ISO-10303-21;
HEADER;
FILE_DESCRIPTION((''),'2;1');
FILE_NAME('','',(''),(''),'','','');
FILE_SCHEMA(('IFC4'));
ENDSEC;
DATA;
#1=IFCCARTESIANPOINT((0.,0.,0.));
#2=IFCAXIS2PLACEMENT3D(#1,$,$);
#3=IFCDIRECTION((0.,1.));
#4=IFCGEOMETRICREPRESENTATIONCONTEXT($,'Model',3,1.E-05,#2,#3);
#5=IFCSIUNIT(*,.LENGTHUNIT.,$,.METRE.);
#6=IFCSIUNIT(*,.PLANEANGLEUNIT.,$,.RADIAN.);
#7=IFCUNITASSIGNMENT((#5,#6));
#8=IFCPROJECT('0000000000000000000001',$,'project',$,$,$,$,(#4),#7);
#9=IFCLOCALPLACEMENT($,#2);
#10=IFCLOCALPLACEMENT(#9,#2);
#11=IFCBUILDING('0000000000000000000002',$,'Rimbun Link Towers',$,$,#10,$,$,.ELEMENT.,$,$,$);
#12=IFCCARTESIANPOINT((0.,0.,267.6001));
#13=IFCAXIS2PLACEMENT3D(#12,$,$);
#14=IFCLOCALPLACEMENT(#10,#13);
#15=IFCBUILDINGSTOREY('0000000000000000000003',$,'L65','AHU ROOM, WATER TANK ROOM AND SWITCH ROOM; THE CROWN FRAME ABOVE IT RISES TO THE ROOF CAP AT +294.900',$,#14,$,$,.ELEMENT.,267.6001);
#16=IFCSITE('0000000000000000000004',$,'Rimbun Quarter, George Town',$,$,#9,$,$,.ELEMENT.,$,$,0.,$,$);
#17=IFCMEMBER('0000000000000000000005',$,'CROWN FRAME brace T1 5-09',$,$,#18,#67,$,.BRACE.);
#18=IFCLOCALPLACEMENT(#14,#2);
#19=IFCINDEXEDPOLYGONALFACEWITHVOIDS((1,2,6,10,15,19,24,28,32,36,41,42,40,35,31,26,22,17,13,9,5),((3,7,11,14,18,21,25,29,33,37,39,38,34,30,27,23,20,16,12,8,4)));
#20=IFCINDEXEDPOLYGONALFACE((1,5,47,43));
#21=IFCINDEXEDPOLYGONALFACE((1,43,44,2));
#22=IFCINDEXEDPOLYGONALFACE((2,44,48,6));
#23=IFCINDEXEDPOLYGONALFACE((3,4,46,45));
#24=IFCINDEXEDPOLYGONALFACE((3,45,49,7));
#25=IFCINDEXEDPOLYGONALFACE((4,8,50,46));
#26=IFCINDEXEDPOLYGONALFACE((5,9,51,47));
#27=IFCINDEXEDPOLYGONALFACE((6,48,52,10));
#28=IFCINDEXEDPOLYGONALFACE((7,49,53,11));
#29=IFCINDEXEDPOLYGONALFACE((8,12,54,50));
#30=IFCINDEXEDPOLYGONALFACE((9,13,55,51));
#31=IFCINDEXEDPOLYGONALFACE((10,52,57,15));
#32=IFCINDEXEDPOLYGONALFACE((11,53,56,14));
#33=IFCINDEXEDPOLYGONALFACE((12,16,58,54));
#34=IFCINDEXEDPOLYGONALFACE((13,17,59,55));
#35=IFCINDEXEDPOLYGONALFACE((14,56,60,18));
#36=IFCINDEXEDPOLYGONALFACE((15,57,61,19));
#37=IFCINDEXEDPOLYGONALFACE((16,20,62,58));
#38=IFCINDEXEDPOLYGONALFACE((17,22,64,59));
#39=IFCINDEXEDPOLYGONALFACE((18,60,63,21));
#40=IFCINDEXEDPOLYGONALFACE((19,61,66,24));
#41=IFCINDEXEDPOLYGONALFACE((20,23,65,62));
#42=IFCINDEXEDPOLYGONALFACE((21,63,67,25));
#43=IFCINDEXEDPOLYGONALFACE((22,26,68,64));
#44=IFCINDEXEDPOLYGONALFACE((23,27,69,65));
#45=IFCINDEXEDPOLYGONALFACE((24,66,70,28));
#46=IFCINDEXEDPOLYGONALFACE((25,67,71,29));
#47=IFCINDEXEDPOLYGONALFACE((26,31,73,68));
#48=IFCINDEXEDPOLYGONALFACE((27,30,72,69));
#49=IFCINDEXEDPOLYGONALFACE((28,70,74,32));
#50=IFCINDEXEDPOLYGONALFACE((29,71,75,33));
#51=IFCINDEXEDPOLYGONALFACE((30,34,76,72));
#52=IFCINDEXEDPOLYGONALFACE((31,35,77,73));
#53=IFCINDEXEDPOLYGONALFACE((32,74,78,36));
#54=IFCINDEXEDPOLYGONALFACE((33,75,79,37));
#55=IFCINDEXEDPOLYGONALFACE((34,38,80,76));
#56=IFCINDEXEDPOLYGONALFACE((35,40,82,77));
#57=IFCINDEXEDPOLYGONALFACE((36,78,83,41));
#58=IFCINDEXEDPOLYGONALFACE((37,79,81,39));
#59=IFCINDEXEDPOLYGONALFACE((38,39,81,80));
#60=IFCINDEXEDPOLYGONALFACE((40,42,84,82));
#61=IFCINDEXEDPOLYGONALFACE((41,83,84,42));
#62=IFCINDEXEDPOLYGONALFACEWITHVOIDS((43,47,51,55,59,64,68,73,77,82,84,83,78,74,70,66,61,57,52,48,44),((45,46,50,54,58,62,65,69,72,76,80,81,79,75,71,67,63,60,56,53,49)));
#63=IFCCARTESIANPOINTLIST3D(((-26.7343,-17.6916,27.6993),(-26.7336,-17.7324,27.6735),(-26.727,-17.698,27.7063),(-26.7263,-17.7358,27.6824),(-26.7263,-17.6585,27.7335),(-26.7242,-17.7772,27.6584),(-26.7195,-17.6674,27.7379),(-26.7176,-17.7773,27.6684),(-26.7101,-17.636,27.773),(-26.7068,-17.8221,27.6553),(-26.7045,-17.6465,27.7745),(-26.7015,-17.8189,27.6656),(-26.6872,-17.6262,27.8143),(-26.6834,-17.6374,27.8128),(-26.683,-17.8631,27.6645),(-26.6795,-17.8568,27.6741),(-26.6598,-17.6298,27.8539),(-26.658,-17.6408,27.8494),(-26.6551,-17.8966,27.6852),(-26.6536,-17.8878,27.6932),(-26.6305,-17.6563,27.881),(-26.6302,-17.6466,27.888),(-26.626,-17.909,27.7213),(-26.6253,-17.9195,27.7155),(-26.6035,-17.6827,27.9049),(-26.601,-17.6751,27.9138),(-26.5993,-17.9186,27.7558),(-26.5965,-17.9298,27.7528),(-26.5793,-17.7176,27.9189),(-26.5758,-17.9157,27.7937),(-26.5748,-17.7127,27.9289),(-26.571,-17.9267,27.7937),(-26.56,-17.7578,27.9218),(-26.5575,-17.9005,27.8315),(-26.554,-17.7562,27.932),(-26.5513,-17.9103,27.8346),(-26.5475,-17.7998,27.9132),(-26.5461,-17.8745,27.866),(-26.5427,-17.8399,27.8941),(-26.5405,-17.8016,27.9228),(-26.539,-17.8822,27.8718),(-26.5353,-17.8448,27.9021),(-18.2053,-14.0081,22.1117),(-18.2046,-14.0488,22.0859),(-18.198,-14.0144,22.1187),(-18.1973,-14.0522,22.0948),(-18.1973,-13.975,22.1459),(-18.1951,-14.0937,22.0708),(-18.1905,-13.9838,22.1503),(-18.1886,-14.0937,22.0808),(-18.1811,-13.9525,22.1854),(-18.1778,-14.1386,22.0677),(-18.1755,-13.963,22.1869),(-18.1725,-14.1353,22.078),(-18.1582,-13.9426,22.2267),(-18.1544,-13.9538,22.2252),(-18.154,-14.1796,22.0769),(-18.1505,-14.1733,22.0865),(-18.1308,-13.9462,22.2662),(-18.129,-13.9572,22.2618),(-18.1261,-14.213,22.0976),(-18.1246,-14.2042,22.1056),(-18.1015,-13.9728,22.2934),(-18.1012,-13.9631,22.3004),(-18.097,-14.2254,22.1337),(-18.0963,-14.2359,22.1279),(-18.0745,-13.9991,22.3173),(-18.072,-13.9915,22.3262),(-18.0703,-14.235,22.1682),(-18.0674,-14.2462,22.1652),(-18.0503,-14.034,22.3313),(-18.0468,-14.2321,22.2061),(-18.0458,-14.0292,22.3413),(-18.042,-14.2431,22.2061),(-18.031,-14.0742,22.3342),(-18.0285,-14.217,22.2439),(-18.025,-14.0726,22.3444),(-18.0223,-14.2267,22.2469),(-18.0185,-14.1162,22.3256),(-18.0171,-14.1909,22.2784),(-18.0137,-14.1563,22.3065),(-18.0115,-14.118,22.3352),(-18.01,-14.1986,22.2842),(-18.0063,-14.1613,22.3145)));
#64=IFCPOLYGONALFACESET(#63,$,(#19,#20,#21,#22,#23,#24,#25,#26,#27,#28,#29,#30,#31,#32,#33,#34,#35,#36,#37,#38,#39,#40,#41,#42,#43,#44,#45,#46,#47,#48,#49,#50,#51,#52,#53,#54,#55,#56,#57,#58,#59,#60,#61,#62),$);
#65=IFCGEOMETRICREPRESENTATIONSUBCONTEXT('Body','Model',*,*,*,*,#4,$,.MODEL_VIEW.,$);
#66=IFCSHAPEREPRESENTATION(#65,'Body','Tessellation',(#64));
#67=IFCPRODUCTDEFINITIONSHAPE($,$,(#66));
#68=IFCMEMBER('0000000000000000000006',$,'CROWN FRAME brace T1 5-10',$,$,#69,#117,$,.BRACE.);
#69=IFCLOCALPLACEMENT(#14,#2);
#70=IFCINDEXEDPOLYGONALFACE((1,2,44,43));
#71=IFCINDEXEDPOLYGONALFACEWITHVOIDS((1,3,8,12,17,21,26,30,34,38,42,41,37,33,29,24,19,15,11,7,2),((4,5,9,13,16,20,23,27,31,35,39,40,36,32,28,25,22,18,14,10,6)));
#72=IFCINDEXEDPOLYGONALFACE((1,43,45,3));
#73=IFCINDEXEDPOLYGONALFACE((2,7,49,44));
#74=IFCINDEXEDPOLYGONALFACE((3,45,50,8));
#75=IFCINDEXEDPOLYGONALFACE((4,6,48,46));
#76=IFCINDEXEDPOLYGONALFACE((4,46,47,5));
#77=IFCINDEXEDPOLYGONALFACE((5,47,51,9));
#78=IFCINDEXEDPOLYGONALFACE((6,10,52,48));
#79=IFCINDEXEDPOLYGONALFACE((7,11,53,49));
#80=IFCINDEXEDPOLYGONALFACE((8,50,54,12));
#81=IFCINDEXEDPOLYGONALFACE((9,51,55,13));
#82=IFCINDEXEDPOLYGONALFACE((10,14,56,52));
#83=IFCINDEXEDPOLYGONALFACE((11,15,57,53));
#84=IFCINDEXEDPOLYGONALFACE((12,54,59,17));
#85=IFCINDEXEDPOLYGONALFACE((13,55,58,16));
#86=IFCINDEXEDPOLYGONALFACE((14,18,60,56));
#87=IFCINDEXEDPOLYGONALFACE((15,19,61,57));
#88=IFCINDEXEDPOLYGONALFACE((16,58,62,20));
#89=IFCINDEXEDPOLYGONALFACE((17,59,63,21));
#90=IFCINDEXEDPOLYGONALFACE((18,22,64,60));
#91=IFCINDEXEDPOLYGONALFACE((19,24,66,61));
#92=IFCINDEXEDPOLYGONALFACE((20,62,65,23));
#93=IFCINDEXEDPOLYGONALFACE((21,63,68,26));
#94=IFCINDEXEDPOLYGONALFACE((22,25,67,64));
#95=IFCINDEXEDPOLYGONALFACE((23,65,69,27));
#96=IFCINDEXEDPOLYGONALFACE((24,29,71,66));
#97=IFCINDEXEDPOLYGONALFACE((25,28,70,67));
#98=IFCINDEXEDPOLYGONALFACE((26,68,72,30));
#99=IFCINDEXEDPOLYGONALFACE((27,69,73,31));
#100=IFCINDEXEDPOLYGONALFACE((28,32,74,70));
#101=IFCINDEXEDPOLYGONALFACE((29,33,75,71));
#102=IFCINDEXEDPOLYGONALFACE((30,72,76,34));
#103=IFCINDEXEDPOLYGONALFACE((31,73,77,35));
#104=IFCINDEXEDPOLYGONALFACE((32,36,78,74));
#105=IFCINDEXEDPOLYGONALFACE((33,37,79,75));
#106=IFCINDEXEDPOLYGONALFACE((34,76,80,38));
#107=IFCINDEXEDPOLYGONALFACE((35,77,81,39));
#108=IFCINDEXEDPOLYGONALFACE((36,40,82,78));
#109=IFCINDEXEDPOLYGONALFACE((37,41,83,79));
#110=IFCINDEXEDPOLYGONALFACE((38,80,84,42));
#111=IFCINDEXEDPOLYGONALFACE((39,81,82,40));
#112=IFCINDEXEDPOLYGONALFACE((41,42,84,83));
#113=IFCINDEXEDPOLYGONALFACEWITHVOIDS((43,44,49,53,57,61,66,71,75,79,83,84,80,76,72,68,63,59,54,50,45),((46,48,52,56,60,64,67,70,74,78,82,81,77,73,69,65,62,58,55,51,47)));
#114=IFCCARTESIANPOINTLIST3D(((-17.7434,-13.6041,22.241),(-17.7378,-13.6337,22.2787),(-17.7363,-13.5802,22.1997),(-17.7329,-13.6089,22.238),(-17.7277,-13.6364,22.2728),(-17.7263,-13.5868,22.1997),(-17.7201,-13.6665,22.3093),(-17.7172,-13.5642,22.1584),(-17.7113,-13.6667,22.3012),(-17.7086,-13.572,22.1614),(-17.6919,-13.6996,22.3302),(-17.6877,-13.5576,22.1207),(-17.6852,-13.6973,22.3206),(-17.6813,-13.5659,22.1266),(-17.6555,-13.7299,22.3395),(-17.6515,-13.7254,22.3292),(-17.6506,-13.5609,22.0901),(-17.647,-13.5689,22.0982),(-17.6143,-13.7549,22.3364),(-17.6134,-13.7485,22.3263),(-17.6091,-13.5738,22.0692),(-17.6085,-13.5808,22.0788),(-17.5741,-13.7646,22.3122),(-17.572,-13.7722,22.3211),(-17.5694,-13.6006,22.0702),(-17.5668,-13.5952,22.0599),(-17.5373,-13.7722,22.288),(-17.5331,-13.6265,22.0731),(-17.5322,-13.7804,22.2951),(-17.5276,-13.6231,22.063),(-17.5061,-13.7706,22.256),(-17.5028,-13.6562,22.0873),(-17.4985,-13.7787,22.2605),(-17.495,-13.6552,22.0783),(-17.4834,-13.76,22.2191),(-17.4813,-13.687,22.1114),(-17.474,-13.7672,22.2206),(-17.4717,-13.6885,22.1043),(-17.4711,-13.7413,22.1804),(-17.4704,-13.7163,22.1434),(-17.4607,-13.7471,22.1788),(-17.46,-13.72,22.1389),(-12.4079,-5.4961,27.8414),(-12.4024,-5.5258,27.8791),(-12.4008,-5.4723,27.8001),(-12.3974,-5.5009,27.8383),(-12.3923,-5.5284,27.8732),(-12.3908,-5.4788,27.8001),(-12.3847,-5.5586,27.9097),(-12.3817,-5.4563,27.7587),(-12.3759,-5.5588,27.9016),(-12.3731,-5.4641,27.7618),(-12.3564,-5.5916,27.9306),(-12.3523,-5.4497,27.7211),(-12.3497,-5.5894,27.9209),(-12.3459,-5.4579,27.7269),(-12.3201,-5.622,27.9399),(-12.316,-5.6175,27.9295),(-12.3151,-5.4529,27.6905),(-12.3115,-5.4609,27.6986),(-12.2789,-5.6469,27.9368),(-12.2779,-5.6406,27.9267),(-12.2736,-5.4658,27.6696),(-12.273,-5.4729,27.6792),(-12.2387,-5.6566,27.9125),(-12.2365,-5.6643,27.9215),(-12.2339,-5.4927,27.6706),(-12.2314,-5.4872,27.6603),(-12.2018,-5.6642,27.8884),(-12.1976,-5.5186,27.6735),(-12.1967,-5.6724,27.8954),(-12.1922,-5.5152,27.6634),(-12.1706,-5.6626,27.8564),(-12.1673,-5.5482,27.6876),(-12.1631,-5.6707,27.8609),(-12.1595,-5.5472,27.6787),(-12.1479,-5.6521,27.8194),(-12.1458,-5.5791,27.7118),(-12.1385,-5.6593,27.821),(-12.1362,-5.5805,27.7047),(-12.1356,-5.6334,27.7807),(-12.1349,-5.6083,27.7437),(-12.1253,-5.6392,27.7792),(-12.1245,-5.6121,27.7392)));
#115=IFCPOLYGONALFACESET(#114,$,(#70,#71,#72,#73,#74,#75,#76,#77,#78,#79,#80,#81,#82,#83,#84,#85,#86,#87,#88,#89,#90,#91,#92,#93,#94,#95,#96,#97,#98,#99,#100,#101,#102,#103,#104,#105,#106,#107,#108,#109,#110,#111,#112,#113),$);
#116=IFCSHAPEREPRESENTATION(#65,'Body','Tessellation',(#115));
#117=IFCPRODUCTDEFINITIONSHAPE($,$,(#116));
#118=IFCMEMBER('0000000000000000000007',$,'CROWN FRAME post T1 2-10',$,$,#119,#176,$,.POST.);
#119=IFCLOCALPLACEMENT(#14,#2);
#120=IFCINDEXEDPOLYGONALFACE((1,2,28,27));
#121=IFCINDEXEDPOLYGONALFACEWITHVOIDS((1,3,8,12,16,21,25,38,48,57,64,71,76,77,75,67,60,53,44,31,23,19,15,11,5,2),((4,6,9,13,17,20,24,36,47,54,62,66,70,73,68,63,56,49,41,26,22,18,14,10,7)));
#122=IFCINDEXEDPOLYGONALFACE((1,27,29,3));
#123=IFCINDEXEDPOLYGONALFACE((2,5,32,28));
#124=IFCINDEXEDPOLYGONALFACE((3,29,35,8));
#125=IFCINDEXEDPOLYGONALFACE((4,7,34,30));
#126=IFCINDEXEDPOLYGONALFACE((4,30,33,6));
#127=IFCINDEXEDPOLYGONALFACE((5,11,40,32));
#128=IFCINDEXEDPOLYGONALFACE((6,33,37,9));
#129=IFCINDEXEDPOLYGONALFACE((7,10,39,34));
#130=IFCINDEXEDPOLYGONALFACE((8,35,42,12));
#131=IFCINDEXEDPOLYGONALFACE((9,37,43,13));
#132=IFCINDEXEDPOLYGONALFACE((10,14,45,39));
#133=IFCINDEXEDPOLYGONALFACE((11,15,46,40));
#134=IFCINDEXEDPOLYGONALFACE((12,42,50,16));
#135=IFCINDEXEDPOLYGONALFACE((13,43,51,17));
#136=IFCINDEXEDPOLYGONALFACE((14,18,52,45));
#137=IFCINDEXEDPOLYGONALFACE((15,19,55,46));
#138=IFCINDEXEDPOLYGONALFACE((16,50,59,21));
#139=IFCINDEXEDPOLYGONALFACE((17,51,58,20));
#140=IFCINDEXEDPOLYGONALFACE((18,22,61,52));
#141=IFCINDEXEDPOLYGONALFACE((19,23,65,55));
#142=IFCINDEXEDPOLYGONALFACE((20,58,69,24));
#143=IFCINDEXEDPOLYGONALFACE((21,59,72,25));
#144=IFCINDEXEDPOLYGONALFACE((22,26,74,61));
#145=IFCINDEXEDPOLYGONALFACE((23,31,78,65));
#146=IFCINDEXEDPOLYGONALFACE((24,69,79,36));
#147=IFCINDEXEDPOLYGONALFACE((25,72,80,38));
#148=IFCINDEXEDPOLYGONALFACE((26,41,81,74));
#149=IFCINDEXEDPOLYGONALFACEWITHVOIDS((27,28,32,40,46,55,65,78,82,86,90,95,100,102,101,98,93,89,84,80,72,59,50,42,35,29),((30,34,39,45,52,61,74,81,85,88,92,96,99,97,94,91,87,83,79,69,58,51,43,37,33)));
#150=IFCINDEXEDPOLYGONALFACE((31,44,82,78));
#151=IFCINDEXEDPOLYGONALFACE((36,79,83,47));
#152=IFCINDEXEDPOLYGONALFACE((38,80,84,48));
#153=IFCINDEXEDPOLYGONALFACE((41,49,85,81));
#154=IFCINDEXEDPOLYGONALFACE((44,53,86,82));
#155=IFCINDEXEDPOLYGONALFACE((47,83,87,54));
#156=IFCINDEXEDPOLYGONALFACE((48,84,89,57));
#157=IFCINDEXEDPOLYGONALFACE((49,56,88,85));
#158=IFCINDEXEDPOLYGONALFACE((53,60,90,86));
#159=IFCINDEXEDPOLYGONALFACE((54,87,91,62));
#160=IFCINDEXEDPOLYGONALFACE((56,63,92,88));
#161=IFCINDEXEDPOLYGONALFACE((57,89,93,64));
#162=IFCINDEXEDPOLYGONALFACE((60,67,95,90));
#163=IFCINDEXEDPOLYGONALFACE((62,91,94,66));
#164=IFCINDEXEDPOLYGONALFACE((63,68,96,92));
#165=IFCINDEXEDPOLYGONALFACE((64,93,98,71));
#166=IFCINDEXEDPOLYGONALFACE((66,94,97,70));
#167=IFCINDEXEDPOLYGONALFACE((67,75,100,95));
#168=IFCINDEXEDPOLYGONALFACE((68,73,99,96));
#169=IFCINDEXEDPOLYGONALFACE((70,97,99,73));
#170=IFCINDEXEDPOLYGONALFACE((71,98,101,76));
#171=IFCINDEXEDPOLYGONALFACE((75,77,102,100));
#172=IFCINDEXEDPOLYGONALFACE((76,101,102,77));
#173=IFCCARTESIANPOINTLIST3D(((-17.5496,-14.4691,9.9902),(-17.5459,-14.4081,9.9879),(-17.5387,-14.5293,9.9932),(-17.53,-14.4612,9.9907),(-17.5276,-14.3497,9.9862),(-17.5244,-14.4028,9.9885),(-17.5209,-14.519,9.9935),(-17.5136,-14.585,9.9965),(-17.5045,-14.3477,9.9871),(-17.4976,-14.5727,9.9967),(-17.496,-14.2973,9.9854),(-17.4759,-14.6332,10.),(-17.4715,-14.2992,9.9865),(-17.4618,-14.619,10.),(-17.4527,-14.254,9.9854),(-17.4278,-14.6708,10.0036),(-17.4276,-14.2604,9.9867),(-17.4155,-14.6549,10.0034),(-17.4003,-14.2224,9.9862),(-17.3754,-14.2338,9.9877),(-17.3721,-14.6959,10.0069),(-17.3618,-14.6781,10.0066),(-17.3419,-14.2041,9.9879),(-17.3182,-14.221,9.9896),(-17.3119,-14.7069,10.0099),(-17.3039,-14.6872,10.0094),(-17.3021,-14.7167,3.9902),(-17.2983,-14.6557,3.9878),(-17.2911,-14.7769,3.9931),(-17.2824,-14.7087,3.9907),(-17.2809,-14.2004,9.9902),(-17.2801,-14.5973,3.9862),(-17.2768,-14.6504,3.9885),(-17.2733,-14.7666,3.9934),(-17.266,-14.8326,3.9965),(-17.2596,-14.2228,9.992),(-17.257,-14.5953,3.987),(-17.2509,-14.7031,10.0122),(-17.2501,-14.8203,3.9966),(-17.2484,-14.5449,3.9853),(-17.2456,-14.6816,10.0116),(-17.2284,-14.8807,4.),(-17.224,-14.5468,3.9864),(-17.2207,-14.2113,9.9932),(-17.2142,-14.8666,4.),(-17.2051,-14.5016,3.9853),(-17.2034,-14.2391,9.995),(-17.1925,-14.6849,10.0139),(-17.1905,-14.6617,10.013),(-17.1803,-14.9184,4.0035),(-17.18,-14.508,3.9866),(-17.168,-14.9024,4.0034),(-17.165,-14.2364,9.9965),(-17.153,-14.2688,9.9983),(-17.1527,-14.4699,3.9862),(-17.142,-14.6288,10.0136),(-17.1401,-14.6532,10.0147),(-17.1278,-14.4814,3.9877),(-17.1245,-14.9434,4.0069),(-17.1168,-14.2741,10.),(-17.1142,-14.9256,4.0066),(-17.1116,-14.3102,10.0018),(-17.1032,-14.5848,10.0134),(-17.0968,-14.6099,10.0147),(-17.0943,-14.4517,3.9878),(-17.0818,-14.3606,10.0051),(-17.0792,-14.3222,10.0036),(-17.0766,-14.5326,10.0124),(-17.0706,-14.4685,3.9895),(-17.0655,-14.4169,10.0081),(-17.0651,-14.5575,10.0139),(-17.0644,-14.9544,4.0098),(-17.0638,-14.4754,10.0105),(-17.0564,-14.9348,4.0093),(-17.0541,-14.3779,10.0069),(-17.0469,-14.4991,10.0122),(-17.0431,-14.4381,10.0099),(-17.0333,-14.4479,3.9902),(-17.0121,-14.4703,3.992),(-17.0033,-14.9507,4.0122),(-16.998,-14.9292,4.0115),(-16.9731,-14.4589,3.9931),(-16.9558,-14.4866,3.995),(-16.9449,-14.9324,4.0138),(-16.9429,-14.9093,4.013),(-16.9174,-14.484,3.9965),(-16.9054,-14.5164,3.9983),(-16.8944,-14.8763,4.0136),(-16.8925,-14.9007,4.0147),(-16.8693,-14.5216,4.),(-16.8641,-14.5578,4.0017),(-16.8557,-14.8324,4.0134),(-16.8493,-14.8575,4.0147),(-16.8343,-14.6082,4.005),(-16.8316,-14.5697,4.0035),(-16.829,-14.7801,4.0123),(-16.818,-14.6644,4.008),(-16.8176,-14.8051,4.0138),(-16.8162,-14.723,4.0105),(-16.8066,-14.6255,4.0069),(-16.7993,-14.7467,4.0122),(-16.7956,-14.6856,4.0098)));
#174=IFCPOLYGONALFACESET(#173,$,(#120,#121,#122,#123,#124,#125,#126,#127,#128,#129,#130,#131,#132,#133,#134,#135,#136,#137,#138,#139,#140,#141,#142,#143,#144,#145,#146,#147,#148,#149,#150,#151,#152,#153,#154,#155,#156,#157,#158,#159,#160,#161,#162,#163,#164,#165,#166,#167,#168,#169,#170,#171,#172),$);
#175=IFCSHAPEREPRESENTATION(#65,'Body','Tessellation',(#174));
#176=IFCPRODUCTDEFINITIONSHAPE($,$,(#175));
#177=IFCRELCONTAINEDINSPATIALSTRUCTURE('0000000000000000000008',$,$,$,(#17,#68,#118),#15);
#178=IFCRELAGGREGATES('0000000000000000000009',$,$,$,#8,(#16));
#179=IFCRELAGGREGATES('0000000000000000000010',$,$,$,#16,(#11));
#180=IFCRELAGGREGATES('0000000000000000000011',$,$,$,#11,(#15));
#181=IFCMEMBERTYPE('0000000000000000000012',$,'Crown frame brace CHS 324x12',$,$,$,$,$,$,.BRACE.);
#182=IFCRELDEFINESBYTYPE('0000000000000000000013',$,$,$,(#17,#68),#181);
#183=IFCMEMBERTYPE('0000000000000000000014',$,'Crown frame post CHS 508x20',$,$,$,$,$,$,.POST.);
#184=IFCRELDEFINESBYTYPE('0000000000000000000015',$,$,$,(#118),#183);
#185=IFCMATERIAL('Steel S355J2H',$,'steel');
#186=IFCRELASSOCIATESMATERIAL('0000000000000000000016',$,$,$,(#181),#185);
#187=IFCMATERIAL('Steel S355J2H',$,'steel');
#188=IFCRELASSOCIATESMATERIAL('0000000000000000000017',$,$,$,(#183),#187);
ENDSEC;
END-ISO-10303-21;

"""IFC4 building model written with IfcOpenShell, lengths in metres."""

from ifc_helpers import new_model, si_unit, direction, frame, origin, origin_2d, place, context, subcontext, project, spatial, hollow_circle, extrude, material, material_profile, profile_set, type_object, element, save


model = new_model("IFC4")

# Units and contexts
model_context = context("Model", 3, precision=1e-05, world=origin(), true_north=direction((0.0, 1.0)))
body_context = subcontext(model_context, "Body", "Model", "MODEL_VIEW")
ifc_project = project(units=[si_unit("LENGTHUNIT", "METRE"), si_unit("PLANEANGLEUNIT", "RADIAN")], contexts=[model_context])

# Site, building, storey
site_placement = place(None, origin())
site = spatial("IfcSite", under=ifc_project, at=site_placement, Name="Rimbun Quarter, George Town", CompositionType="ELEMENT", RefElevation=0.0)
building_placement = place(site_placement, origin())
building = spatial("IfcBuilding", under=site, at=building_placement, Name="Rimbun Link Towers", CompositionType="ELEMENT")
storey_placement = place(building_placement, frame((0.0, 0.0, 267.6001)))
storey = spatial("IfcBuildingStorey", under=building, at=storey_placement, Name="L65", Description="AHU ROOM, WATER TANK ROOM AND SWITCH ROOM; THE CROWN FRAME ABOVE IT RISES TO THE ROOF CAP AT +294.900", CompositionType="ELEMENT", Elevation=267.6001)

# Members
ifc_material_1 = material(Name="Steel S355J2H", Category="steel")
ifc_material_profile_1 = material_profile(ifc_material_1, hollow_circle(Radius=0.1619, WallThickness=0.012, at=origin_2d()), Name="Crown frame brace CHS 324x12")
ifc_profile_set_1 = profile_set([ifc_material_profile_1], Name="Steel S355J2H")
member_type_1 = type_object("IfcMemberType", Name="Crown frame brace CHS 324x12", PredefinedType="BRACE", material=ifc_profile_set_1)
member_1_placement = place(storey_placement, frame((-18.1062, -14.0945, 22.2061), z_axis=(-0.786713, -0.339772, 0.5154), x_axis=(0.39649, -0.918039, 0.0)))
element("IfcMember", 1, at=member_1_placement, inside=storey, type_object=member_type_1, Name="CROWN FRAME brace T1 5-09", PredefinedType="BRACE", context=body_context, shape_type="SweptSolid", body=[
    extrude(hollow_circle(Radius=0.1619, WallThickness=0.012, at=origin_2d()), origin(), (0.0, 0.0, 1.0), 10.8413),
])
member_2_placement = place(storey_placement, frame((-17.6011, -13.6692, 22.1997), z_axis=(0.476135, 0.723548, 0.499773), x_axis=(-0.835356, 0.54971, 0.0)))
element("IfcMember", 2, at=member_2_placement, inside=storey, type_object=member_type_1, Name="CROWN FRAME brace T1 5-10", PredefinedType="BRACE", context=body_context, shape_type="SweptSolid", body=[
    extrude(hollow_circle(Radius=0.1619, WallThickness=0.012, at=origin_2d()), origin(), (0.0, 0.0, 1.0), 11.2058),
])
ifc_material_2 = material(Name="Steel S355J2H", Category="steel")
ifc_material_profile_2 = material_profile(ifc_material_2, hollow_circle(Radius=0.2539, WallThickness=0.02, at=origin_2d()), Name="Crown frame post CHS 508x20")
ifc_profile_set_2 = profile_set([ifc_material_profile_2], Name="Steel S355J2H")
member_type_2 = type_object("IfcMemberType", Name="Crown frame post CHS 508x20", PredefinedType="POST", material=ifc_profile_set_2)
for number, where, z_axis, x_axis, name in (
    (3, (-17.0488, -14.7012, 4.0), (-0.04119, 0.04119, 0.998302), (-0.707107, -0.707107, 0.0), "CROWN FRAME post T1 2-10"),
):
    element("IfcMember", number, at=place(storey_placement, frame(where, z_axis=z_axis, x_axis=x_axis)), inside=storey, type_object=member_type_2, Name=name, PredefinedType="POST", context=body_context, shape_type="SweptSolid", body=[
        extrude(hollow_circle(Radius=0.2539, WallThickness=0.02, at=origin_2d()), origin(), (0.0, 0.0, 1.0), 6.0103),
    ])

save(model, "model.ifc")
